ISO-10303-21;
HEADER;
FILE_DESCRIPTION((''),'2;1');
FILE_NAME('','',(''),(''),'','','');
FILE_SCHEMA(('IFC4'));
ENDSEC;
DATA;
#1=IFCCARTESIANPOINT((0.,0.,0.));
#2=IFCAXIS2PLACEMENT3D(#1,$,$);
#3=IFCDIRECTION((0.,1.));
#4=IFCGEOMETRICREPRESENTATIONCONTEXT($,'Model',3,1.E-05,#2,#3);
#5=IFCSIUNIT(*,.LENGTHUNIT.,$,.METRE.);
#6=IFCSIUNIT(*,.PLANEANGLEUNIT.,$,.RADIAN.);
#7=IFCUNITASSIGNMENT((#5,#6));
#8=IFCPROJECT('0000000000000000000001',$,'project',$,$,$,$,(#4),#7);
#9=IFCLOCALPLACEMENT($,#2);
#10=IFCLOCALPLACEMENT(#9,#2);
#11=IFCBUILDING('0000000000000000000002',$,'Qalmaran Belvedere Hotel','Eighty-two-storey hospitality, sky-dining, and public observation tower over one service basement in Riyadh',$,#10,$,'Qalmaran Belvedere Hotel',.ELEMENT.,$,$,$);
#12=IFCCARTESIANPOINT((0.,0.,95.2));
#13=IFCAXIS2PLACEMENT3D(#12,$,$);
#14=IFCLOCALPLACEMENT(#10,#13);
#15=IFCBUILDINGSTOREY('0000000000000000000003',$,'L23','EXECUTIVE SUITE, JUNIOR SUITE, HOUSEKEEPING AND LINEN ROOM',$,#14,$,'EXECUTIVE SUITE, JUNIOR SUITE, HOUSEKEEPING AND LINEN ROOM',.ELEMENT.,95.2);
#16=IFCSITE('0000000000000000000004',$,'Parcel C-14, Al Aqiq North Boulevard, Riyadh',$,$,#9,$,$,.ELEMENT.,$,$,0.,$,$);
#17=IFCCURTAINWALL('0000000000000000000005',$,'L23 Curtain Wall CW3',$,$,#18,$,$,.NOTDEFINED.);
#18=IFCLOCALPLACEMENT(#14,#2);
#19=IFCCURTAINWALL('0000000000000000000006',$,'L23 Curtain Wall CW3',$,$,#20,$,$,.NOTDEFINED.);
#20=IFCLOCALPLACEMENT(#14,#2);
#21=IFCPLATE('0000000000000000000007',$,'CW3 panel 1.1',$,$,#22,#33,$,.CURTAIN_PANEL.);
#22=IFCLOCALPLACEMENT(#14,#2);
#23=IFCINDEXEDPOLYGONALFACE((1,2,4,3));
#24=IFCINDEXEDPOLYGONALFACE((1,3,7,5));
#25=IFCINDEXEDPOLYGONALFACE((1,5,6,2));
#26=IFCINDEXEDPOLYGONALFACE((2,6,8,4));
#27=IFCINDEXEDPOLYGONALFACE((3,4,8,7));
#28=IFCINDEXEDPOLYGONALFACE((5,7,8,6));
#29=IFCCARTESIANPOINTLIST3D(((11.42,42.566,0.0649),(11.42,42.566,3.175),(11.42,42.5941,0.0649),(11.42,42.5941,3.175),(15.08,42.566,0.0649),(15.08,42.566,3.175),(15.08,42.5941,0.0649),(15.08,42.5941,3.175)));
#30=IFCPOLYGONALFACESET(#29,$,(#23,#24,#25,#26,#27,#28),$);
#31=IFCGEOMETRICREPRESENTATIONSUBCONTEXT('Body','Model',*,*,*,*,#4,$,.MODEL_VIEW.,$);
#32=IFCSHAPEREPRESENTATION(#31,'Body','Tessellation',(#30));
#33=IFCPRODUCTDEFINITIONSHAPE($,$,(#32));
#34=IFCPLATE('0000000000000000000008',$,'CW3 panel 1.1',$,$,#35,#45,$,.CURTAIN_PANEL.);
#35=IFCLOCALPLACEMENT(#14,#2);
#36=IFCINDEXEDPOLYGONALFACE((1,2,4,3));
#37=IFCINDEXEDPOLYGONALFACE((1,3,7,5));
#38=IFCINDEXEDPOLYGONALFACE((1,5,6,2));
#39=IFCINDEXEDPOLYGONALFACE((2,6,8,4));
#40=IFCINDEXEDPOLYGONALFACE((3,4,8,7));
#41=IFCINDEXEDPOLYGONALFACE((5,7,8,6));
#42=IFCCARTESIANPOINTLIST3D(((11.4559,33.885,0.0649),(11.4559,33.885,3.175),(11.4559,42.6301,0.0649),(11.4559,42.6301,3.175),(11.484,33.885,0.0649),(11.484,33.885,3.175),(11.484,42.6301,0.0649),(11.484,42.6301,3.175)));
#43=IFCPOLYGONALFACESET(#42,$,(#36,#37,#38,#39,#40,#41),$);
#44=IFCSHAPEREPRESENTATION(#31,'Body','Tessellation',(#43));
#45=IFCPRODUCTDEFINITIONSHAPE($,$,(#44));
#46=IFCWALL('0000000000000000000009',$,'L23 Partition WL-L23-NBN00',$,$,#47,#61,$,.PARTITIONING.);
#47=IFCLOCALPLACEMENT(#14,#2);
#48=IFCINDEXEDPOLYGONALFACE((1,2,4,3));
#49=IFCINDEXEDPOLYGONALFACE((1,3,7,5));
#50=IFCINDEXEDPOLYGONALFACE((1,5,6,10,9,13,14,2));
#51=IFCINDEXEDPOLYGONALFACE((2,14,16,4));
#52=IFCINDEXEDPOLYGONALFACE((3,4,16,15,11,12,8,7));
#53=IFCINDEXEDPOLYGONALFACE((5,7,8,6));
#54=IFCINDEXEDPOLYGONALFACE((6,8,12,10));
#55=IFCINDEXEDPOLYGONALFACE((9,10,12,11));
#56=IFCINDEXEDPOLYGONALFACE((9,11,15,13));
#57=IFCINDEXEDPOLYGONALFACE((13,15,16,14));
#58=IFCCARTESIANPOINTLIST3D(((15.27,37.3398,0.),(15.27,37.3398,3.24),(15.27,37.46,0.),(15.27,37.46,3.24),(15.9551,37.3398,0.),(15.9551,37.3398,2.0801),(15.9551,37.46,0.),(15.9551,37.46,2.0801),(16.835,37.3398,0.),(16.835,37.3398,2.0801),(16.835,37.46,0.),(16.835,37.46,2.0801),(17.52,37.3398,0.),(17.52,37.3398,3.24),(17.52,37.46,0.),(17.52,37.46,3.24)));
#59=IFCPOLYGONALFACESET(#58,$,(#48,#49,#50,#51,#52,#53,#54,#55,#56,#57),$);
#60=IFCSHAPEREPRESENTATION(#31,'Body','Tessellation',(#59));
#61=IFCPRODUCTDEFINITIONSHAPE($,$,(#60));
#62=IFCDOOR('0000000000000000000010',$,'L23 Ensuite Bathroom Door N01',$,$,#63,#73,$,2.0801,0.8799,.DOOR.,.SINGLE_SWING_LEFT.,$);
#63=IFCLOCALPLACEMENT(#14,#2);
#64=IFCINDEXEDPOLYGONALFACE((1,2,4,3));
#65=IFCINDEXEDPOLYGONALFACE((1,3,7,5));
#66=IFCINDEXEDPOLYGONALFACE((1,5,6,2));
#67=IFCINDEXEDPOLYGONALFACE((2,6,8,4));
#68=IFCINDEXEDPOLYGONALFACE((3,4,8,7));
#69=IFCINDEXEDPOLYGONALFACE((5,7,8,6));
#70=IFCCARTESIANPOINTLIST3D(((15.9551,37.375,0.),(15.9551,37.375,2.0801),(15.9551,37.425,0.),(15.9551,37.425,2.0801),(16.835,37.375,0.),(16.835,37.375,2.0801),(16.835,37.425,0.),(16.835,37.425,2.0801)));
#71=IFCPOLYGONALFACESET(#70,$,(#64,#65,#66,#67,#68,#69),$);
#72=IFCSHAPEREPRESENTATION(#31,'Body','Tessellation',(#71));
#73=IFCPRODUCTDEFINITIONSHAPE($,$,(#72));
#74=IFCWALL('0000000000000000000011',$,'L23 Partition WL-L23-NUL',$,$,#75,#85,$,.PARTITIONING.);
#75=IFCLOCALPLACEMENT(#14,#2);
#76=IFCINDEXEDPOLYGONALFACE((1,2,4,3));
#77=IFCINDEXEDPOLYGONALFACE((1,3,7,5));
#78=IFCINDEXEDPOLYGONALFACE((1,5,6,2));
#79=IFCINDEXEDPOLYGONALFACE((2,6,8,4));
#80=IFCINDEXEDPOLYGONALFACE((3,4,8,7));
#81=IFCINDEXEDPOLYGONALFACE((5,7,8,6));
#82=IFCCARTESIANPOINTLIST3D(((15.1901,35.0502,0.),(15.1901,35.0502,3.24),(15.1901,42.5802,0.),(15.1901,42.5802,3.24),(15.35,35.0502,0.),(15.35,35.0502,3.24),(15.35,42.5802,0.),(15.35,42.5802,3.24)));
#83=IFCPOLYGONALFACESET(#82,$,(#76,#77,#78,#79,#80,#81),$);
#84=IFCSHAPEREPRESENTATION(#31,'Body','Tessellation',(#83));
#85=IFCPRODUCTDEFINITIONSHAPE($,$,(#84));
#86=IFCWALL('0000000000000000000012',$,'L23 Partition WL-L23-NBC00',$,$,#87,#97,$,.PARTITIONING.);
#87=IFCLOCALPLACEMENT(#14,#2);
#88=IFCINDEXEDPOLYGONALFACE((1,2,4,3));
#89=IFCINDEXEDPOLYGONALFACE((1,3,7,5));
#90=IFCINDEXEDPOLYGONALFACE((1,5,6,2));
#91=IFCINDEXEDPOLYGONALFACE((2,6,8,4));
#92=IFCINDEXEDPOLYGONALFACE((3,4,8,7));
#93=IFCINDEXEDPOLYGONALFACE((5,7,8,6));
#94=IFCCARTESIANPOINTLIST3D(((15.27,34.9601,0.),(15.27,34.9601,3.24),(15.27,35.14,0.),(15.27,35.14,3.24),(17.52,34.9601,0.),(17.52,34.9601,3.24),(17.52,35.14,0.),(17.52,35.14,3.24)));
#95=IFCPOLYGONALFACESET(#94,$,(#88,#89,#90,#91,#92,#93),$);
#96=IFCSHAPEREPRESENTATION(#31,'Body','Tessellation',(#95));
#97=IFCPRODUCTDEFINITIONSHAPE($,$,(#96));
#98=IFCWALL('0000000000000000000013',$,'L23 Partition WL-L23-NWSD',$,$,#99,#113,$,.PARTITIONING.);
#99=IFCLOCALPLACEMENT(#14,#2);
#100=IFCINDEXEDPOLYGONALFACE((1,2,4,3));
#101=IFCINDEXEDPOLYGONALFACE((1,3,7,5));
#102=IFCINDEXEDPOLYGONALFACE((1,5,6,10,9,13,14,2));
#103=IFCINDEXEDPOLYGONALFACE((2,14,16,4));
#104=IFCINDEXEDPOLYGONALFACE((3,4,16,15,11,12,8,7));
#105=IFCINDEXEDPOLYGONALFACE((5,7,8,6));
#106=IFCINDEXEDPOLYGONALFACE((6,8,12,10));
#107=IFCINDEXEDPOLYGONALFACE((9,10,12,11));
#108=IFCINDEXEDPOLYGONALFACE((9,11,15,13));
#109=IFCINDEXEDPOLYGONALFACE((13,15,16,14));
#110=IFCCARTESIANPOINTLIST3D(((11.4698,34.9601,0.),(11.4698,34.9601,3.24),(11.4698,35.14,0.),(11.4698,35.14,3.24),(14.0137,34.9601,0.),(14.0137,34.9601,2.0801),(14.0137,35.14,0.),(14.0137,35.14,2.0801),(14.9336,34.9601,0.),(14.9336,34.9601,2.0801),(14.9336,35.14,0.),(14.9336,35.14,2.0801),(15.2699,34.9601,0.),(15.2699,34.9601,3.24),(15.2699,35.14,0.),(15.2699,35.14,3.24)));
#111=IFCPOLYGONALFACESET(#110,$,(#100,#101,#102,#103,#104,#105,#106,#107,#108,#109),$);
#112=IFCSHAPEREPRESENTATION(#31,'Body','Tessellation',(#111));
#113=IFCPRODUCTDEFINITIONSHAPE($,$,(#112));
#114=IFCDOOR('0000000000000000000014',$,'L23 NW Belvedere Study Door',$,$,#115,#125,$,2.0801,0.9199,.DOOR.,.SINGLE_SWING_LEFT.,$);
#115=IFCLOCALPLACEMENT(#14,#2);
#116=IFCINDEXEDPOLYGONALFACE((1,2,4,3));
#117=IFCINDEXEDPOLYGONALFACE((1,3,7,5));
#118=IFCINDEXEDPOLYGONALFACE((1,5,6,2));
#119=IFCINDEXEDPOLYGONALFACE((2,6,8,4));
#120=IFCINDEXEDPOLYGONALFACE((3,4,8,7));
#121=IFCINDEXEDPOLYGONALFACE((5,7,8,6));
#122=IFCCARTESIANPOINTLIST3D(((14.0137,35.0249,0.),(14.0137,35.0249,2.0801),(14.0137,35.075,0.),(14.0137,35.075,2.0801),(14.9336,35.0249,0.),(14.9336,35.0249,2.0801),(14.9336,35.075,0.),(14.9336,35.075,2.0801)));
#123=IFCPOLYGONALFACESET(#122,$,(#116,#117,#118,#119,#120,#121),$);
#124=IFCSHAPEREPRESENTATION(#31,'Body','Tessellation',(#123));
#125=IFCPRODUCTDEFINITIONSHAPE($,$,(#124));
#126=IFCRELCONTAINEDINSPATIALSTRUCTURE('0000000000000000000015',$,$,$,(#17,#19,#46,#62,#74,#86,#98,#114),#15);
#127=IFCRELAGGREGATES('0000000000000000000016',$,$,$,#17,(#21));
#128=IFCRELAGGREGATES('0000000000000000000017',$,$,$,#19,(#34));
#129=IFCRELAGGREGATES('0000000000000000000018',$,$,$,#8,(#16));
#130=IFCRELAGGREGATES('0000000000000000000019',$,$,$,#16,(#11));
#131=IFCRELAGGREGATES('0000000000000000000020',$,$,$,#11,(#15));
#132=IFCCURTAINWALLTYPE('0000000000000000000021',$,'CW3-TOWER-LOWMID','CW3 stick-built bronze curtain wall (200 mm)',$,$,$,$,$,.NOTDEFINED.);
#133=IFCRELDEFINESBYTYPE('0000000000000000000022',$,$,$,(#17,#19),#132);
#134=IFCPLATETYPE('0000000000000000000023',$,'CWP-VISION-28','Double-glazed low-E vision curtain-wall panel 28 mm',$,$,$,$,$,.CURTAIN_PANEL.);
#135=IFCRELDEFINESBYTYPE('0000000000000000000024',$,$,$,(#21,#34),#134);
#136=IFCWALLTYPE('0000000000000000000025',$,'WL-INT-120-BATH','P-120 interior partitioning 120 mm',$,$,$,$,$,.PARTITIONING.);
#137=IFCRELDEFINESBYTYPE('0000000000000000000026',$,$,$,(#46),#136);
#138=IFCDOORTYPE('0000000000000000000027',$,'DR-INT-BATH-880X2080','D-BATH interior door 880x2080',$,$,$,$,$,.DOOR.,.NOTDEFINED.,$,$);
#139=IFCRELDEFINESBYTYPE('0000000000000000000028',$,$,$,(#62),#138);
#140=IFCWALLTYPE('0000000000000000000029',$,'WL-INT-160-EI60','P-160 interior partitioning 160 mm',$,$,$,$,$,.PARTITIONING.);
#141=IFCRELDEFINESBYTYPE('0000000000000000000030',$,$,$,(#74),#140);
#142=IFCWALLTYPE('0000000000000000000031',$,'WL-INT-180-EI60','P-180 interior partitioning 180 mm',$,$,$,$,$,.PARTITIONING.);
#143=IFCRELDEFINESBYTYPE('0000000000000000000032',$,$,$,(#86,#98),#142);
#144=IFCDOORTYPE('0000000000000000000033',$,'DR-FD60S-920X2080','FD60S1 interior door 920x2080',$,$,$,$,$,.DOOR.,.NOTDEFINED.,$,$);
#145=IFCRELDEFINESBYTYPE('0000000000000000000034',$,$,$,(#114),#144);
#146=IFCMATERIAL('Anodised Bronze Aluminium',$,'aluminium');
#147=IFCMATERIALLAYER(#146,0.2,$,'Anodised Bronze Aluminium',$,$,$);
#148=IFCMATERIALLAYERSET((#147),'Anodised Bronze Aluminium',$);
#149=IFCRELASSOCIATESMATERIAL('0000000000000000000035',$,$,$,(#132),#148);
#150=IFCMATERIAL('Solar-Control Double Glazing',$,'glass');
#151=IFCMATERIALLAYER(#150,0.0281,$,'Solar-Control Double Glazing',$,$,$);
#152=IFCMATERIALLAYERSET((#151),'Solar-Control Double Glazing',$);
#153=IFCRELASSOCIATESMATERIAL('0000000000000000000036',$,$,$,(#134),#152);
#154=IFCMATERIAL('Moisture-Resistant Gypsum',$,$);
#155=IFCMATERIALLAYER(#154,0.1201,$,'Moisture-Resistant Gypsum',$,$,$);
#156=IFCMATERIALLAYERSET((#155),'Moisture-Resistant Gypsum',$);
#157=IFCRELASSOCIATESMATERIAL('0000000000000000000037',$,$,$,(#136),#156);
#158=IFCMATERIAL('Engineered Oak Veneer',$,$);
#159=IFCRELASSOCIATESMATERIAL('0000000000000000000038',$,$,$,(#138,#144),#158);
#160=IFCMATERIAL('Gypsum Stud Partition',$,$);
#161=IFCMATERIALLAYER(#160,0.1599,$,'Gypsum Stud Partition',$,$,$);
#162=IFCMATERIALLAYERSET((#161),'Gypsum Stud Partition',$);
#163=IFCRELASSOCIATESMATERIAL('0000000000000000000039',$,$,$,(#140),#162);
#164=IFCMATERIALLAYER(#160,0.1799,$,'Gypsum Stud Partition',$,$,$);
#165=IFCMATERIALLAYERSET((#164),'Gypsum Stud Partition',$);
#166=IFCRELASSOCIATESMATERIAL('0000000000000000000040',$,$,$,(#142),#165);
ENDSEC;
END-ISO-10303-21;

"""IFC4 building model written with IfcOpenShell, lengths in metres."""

from ifc_helpers import new_model, si_unit, direction, frame, frame_2d, origin, origin_2d, place, context, subcontext, project, spatial, rectangle, extrude, material, layer, layer_set, type_object, element, fill, aggregate, save


model = new_model("IFC4")

# Units and contexts
model_context = context("Model", 3, precision=1e-05, world=origin(), true_north=direction((0.0, 1.0)))
body_context = subcontext(model_context, "Body", "Model", "MODEL_VIEW")
ifc_project = project(units=[si_unit("LENGTHUNIT", "METRE"), si_unit("PLANEANGLEUNIT", "RADIAN")], contexts=[model_context])

# Site, building, storey
site_placement = place(None, origin())
site = spatial("IfcSite", under=ifc_project, at=site_placement, Name="Parcel C-14, Al Aqiq North Boulevard, Riyadh", CompositionType="ELEMENT", RefElevation=0.0)
building_placement = place(site_placement, origin())
building = spatial("IfcBuilding", under=site, at=building_placement, Name="Qalmaran Belvedere Hotel", Description="Eighty-two-storey hospitality, sky-dining, and public observation tower over one service basement in Riyadh", LongName="Qalmaran Belvedere Hotel", CompositionType="ELEMENT")
storey_placement = place(building_placement, frame((0.0, 0.0, 95.2)))
storey = spatial("IfcBuildingStorey", under=building, at=storey_placement, Name="L23", Description="EXECUTIVE SUITE, JUNIOR SUITE, HOUSEKEEPING AND LINEN ROOM", LongName="EXECUTIVE SUITE, JUNIOR SUITE, HOUSEKEEPING AND LINEN ROOM", CompositionType="ELEMENT", Elevation=95.2)

# Shared definitions
ifc_material_1 = material(Name="Anodised Bronze Aluminium", Category="aluminium")
ifc_layer_1 = layer(ifc_material_1, 0.2, Name="Anodised Bronze Aluminium")
ifc_layer_set_1 = layer_set([ifc_layer_1], Name="Anodised Bronze Aluminium")
curtain_wall_type = type_object("IfcCurtainWallType", Name="CW3-TOWER-LOWMID", Description="CW3 stick-built bronze curtain wall (200 mm)", PredefinedType="NOTDEFINED", material=ifc_layer_set_1)

# Curtain walls
curtain_wall_1_placement = place(storey_placement, origin())
curtain_wall_1 = element("IfcCurtainWall", 1, at=curtain_wall_1_placement, inside=storey, type_object=curtain_wall_type, Name="L23 Curtain Wall CW3", PredefinedType="NOTDEFINED")
curtain_wall_2_placement = place(storey_placement, origin())
curtain_wall_2 = element("IfcCurtainWall", 2, at=curtain_wall_2_placement, inside=storey, type_object=curtain_wall_type, Name="L23 Curtain Wall CW3", PredefinedType="NOTDEFINED")

# Plates
ifc_material_2 = material(Name="Solar-Control Double Glazing", Category="glass")
ifc_layer_2 = layer(ifc_material_2, 0.0281, Name="Solar-Control Double Glazing")
ifc_layer_set_2 = layer_set([ifc_layer_2], Name="Solar-Control Double Glazing")
plate_type = type_object("IfcPlateType", Name="CWP-VISION-28", Description="Double-glazed low-E vision curtain-wall panel 28 mm", PredefinedType="CURTAIN_PANEL", material=ifc_layer_set_2)
plate_1_placement = place(storey_placement, frame((13.25, 42.5801, 0.0649), z_axis=(0.0, 0.0, 1.0), x_axis=(-1.0, 0.0, 0.0)))
plate_1 = element("IfcPlate", 3, at=plate_1_placement, type_object=plate_type, Name="CW3 panel 1.1", PredefinedType="CURTAIN_PANEL", context=body_context, shape_type="SweptSolid", body=[
    extrude(rectangle(XDim=3.6599, YDim=0.0281, at=origin_2d()), origin(), (0.0, 0.0, 1.0), 3.1101),
])
aggregate(curtain_wall_1, [plate_1])
plate_2_placement = place(storey_placement, frame((11.47, 38.2576, 0.0649), z_axis=(0.0, 0.0, 1.0), x_axis=(0.0, -1.0, 0.0)))
plate_2 = element("IfcPlate", 4, at=plate_2_placement, type_object=plate_type, Name="CW3 panel 1.1", PredefinedType="CURTAIN_PANEL", context=body_context, shape_type="SweptSolid", body=[
    extrude(rectangle(XDim=8.7451, YDim=0.0281, at=origin_2d()), origin(), (0.0, 0.0, 1.0), 3.1101),
])
aggregate(curtain_wall_2, [plate_2])

# Wall, opening, door
ifc_material_3 = material(Name="Moisture-Resistant Gypsum")
ifc_layer_3 = layer(ifc_material_3, 0.1201, Name="Moisture-Resistant Gypsum")
ifc_layer_set_3 = layer_set([ifc_layer_3], Name="Moisture-Resistant Gypsum")
wall_type_1 = type_object("IfcWallType", Name="WL-INT-120-BATH", Description="P-120 interior partitioning 120 mm", PredefinedType="PARTITIONING", material=ifc_layer_set_3)
wall_1_placement = place(storey_placement, frame((15.27, 37.3999, 0.0), z_axis=(0.0, 0.0, 1.0), x_axis=(1.0, 0.0, 0.0)))
wall_1 = element("IfcWall", 5, at=wall_1_placement, inside=storey, type_object=wall_type_1, Name="L23 Partition WL-L23-NBN00", PredefinedType="PARTITIONING", context=body_context, shape_type="SweptSolid", body=[
    extrude(rectangle(XDim=2.25, YDim=0.1201, at=frame_2d((1.125, 0.0))), origin(), (0.0, 0.0, 1.0), 3.24),
])
opening_1_placement = place(wall_1_placement, frame((1.5649, 0.0, 0.0), z_axis=(0.0, 0.0, 1.0), x_axis=(-1.0, 0.0, 0.0)))
opening_1 = element("IfcOpeningElement", 6, at=opening_1_placement, cuts=wall_1, PredefinedType="OPENING", context=body_context, shape_type="SweptSolid", body=[
    extrude(rectangle(XDim=0.8799, YDim=2.0801, at=frame_2d((0.4399, 1.04))), frame((0.0, 0.0701, 0.0), z_axis=(0.0, -1.0, 0.0), x_axis=(1.0, 0.0, 0.0)), (0.0, 0.0, 1.0), 0.1401),
])
ifc_material_4 = material(Name="Engineered Oak Veneer")
door_type_1 = type_object("IfcDoorType", Name="DR-INT-BATH-880X2080", Description="D-BATH interior door 880x2080", OperationType="NOTDEFINED", PredefinedType="DOOR", material=ifc_material_4)
door_1_placement = place(opening_1_placement, origin())
door_1 = element("IfcDoor", 7, at=door_1_placement, inside=storey, type_object=door_type_1, Name="L23 Ensuite Bathroom Door N01", OperationType="SINGLE_SWING_LEFT", OverallHeight=2.0801, OverallWidth=0.8799, PredefinedType="DOOR", context=body_context, shape_type="SweptSolid", body=[
    extrude(rectangle(XDim=0.8799, YDim=2.0801, at=frame_2d((0.4399, 1.04))), frame((0.0, 0.0249, 0.0), z_axis=(0.0, -1.0, 0.0), x_axis=(1.0, 0.0, 0.0)), (0.0, 0.0, 1.0), 0.05),
])
fill(opening_1, door_1)

# Walls
ifc_material_5 = material(Name="Gypsum Stud Partition")
ifc_layer_4 = layer(ifc_material_5, 0.1599, Name="Gypsum Stud Partition")
ifc_layer_set_4 = layer_set([ifc_layer_4], Name="Gypsum Stud Partition")
wall_type_2 = type_object("IfcWallType", Name="WL-INT-160-EI60", Description="P-160 interior partitioning 160 mm", PredefinedType="PARTITIONING", material=ifc_layer_set_4)
wall_2_placement = place(storey_placement, frame((15.27, 35.05, 0.0), z_axis=(0.0, 0.0, 1.0), x_axis=(0.0, 1.0, 0.0)))
element("IfcWall", 8, at=wall_2_placement, inside=storey, type_object=wall_type_2, Name="L23 Partition WL-L23-NUL", PredefinedType="PARTITIONING", context=body_context, shape_type="SweptSolid", body=[
    extrude(rectangle(XDim=7.53, YDim=0.1599, at=frame_2d((3.7651, 0.0))), origin(), (0.0, 0.0, 1.0), 3.24),
])
ifc_layer_5 = layer(ifc_material_5, 0.1799, Name="Gypsum Stud Partition")
ifc_layer_set_5 = layer_set([ifc_layer_5], Name="Gypsum Stud Partition")
wall_type_3 = type_object("IfcWallType", Name="WL-INT-180-EI60", Description="P-180 interior partitioning 180 mm", PredefinedType="PARTITIONING", material=ifc_layer_set_5)
wall_3_placement = place(storey_placement, frame((15.27, 35.05, 0.0), z_axis=(0.0, 0.0, 1.0), x_axis=(1.0, 0.0, 0.0)))
element("IfcWall", 9, at=wall_3_placement, inside=storey, type_object=wall_type_3, Name="L23 Partition WL-L23-NBC00", PredefinedType="PARTITIONING", context=body_context, shape_type="SweptSolid", body=[
    extrude(rectangle(XDim=2.25, YDim=0.1799, at=frame_2d((1.125, 0.0))), origin(), (0.0, 0.0, 1.0), 3.24),
])

# Wall, opening, door
wall_4_placement = place(storey_placement, frame((11.47, 35.05, 0.0), z_axis=(0.0, 0.0, 1.0), x_axis=(1.0, 0.0, 0.0)))
wall_4 = element("IfcWall", 10, at=wall_4_placement, inside=storey, type_object=wall_type_3, Name="L23 Partition WL-L23-NWSD", PredefinedType="PARTITIONING", context=body_context, shape_type="SweptSolid", body=[
    extrude(rectangle(XDim=3.8, YDim=0.1799, at=frame_2d((1.8999, 0.0))), origin(), (0.0, 0.0, 1.0), 3.24),
])
opening_2_placement = place(wall_4_placement, frame((2.5437, 0.0, 0.0)))
opening_2 = element("IfcOpeningElement", 11, at=opening_2_placement, cuts=wall_4, PredefinedType="OPENING", context=body_context, shape_type="SweptSolid", body=[
    extrude(rectangle(XDim=0.9199, YDim=2.0801, at=frame_2d((0.46, 1.04))), frame((0.0, 0.1001, 0.0), z_axis=(0.0, -1.0, 0.0), x_axis=(1.0, 0.0, 0.0)), (0.0, 0.0, 1.0), 0.2),
])
door_type_2 = type_object("IfcDoorType", Name="DR-FD60S-920X2080", Description="FD60S1 interior door 920x2080", OperationType="NOTDEFINED", PredefinedType="DOOR", material=ifc_material_4)
door_2_placement = place(opening_2_placement, origin())
door_2 = element("IfcDoor", 12, at=door_2_placement, inside=storey, type_object=door_type_2, Name="L23 NW Belvedere Study Door", OperationType="SINGLE_SWING_LEFT", OverallHeight=2.0801, OverallWidth=0.9199, PredefinedType="DOOR", context=body_context, shape_type="SweptSolid", body=[
    extrude(rectangle(XDim=0.9199, YDim=2.0801, at=frame_2d((0.46, 1.04))), frame((0.0, 0.0249, 0.0), z_axis=(0.0, -1.0, 0.0), x_axis=(1.0, 0.0, 0.0)), (0.0, 0.0, 1.0), 0.05),
])
fill(opening_2, door_2)

save(model, "model.ifc")
